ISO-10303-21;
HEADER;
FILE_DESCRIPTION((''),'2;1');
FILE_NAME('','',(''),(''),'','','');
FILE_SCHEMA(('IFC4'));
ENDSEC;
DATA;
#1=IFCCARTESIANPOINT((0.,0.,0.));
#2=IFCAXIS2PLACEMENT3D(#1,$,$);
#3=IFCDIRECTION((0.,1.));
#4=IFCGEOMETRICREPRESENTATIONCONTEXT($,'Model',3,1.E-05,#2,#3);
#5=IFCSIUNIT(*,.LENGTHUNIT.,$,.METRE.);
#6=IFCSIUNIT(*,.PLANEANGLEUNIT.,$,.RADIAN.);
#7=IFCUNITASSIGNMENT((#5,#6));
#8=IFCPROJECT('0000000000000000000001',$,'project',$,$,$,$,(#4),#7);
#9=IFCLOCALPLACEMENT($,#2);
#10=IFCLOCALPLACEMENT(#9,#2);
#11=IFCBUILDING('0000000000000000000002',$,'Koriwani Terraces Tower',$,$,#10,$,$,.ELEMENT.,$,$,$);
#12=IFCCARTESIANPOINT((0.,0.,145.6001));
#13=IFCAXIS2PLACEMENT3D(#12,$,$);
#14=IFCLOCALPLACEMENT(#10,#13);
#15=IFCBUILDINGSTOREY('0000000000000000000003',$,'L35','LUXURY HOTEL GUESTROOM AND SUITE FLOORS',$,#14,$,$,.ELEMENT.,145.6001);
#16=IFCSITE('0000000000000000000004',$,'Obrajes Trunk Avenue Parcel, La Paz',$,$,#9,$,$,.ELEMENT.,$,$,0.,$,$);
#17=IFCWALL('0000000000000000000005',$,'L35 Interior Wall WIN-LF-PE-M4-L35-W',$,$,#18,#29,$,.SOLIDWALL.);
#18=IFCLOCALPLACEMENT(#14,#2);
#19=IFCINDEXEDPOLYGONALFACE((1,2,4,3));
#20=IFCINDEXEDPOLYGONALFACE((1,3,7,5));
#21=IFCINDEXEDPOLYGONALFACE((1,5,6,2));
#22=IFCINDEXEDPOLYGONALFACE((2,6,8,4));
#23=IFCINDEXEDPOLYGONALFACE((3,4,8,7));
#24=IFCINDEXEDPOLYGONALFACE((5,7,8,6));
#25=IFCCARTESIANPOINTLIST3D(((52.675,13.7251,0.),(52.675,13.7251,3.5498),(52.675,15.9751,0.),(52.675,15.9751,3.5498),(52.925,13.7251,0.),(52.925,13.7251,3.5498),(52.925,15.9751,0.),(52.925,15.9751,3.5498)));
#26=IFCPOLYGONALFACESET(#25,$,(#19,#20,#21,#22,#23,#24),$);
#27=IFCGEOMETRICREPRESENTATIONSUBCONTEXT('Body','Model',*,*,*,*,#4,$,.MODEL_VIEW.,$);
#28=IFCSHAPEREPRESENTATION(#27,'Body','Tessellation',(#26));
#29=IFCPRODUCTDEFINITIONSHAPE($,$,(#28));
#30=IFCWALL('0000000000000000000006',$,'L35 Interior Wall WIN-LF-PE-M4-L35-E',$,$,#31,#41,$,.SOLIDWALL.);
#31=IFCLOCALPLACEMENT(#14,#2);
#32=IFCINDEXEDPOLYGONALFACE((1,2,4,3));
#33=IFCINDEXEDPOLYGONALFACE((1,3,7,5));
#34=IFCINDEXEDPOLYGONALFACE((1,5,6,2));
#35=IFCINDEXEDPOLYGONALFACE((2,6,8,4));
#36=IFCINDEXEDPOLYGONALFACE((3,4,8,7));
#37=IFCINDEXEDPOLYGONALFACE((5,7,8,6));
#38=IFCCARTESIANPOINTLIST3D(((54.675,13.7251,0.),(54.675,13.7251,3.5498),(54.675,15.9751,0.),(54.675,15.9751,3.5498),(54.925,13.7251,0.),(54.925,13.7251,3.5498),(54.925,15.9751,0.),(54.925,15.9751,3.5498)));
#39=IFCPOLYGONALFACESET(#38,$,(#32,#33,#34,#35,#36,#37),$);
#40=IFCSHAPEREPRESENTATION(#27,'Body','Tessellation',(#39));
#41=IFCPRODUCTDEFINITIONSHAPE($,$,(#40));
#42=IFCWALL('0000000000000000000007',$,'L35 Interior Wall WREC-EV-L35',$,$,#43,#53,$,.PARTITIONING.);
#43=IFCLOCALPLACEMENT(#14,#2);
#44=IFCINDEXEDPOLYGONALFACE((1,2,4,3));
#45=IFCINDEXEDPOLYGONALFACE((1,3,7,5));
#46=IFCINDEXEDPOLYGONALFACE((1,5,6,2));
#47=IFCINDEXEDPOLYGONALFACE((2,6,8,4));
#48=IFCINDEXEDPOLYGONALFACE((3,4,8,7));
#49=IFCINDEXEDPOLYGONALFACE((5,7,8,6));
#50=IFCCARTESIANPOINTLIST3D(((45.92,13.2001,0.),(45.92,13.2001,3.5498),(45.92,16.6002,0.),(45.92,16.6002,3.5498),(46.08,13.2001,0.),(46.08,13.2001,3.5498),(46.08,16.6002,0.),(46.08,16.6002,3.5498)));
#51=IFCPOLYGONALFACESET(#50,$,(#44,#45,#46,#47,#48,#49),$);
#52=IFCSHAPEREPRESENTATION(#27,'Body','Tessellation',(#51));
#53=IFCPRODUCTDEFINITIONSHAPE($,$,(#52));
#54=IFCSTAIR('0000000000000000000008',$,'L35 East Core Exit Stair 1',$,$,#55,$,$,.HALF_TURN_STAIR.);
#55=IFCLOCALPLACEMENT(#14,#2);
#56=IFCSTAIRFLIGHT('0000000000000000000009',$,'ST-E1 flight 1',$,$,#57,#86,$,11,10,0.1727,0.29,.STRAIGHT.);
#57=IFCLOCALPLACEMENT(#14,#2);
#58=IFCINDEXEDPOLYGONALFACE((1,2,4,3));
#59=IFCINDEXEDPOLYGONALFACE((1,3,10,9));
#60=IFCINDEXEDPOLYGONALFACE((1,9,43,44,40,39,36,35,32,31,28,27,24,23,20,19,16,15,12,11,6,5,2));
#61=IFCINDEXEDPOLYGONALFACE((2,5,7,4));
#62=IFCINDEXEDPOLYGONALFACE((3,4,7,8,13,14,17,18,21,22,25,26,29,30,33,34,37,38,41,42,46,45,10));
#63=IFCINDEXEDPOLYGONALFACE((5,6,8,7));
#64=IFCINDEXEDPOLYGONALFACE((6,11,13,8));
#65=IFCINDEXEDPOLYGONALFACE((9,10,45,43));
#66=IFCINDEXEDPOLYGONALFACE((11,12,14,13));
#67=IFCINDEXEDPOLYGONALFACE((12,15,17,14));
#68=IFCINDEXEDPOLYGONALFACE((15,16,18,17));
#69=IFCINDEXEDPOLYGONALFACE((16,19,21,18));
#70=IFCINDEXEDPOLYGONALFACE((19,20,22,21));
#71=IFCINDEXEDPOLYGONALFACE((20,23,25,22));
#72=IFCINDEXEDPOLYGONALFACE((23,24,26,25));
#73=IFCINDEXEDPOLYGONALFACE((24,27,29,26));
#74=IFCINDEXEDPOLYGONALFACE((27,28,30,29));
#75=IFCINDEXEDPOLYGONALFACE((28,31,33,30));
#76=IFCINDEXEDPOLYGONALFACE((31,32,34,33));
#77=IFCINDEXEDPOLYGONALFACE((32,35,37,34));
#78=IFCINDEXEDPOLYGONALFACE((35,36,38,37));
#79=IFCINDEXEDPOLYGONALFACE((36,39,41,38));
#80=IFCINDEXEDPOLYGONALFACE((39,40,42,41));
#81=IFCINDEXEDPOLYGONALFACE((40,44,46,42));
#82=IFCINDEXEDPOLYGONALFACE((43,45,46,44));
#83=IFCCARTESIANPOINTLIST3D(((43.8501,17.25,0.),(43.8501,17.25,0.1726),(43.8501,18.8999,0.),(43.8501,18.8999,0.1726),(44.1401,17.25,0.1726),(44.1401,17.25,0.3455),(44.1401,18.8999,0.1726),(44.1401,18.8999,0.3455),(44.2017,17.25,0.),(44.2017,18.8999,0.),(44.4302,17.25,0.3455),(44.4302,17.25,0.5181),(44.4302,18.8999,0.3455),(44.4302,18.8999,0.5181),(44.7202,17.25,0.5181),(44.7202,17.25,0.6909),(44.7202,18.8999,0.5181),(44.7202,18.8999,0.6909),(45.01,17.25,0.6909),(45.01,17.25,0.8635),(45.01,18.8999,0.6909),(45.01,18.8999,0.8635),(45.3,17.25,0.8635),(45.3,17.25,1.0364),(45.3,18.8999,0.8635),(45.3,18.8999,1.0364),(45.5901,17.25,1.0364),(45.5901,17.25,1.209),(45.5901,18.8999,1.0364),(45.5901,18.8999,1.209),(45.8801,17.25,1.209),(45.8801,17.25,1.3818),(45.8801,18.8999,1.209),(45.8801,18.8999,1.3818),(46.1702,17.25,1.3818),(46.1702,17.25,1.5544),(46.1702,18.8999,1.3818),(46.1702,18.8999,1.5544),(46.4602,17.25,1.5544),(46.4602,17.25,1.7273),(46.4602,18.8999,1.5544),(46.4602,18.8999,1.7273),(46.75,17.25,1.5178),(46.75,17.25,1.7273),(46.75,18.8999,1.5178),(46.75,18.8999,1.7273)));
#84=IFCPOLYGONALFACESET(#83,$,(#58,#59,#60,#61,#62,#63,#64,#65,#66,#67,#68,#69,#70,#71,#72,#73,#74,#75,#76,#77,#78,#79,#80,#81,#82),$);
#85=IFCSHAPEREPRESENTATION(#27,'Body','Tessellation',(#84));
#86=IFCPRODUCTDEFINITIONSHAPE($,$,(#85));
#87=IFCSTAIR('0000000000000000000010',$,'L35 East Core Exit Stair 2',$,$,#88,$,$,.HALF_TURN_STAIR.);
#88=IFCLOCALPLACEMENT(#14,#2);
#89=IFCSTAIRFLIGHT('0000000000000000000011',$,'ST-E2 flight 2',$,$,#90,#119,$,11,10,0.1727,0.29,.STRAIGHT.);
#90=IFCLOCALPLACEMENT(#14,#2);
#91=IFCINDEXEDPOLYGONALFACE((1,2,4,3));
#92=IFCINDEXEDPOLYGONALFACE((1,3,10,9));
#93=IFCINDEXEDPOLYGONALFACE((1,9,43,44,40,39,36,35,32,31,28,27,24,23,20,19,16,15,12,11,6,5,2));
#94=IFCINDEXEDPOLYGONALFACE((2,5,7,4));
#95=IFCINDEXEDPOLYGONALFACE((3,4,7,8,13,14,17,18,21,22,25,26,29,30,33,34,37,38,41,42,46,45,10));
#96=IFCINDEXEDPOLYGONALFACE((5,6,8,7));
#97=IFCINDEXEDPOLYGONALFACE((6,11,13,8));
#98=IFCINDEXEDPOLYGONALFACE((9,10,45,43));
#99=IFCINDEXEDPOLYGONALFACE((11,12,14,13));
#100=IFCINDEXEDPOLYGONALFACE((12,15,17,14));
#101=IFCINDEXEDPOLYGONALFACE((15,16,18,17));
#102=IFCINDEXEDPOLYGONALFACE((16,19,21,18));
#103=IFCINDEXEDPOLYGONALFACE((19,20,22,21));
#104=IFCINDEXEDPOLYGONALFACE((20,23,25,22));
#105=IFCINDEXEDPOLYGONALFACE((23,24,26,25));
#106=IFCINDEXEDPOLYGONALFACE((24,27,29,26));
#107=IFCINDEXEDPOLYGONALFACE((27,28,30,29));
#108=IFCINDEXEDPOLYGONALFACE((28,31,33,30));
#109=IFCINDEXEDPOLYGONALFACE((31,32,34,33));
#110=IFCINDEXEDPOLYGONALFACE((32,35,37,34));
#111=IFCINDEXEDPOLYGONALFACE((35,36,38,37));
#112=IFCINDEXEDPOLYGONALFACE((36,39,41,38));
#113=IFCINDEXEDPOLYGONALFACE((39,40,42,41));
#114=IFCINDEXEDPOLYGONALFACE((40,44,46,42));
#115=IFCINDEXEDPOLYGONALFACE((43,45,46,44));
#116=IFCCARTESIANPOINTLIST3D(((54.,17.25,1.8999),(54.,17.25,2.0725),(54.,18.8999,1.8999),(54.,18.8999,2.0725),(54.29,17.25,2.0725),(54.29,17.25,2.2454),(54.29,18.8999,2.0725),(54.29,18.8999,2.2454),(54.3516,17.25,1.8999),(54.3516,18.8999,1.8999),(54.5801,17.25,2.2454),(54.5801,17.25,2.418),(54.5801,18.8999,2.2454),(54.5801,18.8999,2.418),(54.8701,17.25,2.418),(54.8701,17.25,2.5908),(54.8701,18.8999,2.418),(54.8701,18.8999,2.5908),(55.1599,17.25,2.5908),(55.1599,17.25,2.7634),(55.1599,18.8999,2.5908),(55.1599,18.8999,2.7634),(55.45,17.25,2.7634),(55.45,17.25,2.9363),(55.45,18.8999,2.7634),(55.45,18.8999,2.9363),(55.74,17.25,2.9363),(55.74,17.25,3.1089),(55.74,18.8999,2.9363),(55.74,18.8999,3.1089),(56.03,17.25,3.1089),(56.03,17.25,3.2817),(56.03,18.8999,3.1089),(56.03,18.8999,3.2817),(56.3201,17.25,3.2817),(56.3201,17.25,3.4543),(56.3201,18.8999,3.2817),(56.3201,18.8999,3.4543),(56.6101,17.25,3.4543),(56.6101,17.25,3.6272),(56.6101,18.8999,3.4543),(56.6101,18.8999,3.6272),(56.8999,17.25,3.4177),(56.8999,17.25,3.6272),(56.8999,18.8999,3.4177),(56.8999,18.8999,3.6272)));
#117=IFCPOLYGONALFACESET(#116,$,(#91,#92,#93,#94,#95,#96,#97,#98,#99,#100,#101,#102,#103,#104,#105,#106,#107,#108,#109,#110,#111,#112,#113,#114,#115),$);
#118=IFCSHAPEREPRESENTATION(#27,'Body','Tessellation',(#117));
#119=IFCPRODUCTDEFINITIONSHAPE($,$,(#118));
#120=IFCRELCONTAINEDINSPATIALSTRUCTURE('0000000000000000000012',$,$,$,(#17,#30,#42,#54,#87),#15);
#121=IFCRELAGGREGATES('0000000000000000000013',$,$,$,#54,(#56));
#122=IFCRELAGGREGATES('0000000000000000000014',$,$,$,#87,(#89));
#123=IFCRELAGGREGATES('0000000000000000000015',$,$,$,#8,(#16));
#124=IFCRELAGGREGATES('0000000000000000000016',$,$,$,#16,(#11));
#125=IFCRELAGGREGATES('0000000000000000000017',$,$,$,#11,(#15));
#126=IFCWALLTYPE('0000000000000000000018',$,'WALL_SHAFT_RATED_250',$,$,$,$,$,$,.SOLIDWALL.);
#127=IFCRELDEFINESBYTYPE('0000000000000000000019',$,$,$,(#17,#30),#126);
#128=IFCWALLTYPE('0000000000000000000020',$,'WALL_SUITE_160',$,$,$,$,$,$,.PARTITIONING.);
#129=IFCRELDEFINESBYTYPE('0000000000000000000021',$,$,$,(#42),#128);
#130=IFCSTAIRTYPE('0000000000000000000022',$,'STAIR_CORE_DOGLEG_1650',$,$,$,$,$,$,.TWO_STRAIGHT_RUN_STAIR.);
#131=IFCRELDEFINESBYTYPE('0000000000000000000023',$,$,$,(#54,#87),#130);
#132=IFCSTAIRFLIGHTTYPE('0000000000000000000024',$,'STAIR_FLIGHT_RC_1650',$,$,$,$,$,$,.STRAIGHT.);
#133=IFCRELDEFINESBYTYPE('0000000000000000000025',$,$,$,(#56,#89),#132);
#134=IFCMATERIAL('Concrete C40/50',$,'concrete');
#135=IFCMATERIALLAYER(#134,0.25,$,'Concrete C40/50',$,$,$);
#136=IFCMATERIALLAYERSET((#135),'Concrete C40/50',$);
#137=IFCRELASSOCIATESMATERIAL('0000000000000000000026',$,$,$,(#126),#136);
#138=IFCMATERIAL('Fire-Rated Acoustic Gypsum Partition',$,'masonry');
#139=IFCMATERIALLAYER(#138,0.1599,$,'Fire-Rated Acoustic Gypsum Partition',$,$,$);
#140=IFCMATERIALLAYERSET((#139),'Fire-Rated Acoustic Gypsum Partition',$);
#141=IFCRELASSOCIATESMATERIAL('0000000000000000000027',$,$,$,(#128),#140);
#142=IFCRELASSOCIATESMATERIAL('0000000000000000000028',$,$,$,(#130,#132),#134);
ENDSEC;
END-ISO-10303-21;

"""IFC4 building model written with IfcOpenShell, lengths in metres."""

from ifc_helpers import new_model, si_unit, direction, frame, frame_2d, origin, place, context, subcontext, project, spatial, polyline, rectangle, outline, extrude, material, layer, layer_set, type_object, element, aggregate, save


model = new_model("IFC4")

# Units and contexts
model_context = context("Model", 3, precision=1e-05, world=origin(), true_north=direction((0.0, 1.0)))
body_context = subcontext(model_context, "Body", "Model", "MODEL_VIEW")
ifc_project = project(units=[si_unit("LENGTHUNIT", "METRE"), si_unit("PLANEANGLEUNIT", "RADIAN")], contexts=[model_context])

# Site, building, storey
site_placement = place(None, origin())
site = spatial("IfcSite", under=ifc_project, at=site_placement, Name="Obrajes Trunk Avenue Parcel, La Paz", CompositionType="ELEMENT", RefElevation=0.0)
building_placement = place(site_placement, origin())
building = spatial("IfcBuilding", under=site, at=building_placement, Name="Koriwani Terraces Tower", CompositionType="ELEMENT")
storey_placement = place(building_placement, frame((0.0, 0.0, 145.6001)))
storey = spatial("IfcBuildingStorey", under=building, at=storey_placement, Name="L35", Description="LUXURY HOTEL GUESTROOM AND SUITE FLOORS", CompositionType="ELEMENT", Elevation=145.6001)

# Shared definitions
ifc_material_1 = material(Name="Concrete C40/50", Category="concrete")

# Shared definitions
ifc_layer_1 = layer(ifc_material_1, 0.25, Name="Concrete C40/50")
ifc_layer_set_1 = layer_set([ifc_layer_1], Name="Concrete C40/50")
wall_type_1 = type_object("IfcWallType", Name="WALL_SHAFT_RATED_250", PredefinedType="SOLIDWALL", material=ifc_layer_set_1)

# Walls
for number, where, z_axis, x_axis, name in (
    (1, (52.8, 13.7251, 0.0), (0.0, 0.0, 1.0), (0.0, 1.0, 0.0), "L35 Interior Wall WIN-LF-PE-M4-L35-W"),
    (2, (54.8, 13.7251, 0.0), (0.0, 0.0, 1.0), (0.0, 1.0, 0.0), "L35 Interior Wall WIN-LF-PE-M4-L35-E"),
):
    element("IfcWall", number, at=place(storey_placement, frame(where, z_axis=z_axis, x_axis=x_axis)), inside=storey, type_object=wall_type_1, Name=name, PredefinedType="SOLIDWALL", context=body_context, shape_type="SweptSolid", body=[
        extrude(rectangle(XDim=2.25, YDim=0.25, at=frame_2d((1.125, 0.0))), origin(), (0.0, 0.0, 1.0), 3.5498),
    ])
ifc_material_2 = material(Name="Fire-Rated Acoustic Gypsum Partition", Category="masonry")
ifc_layer_2 = layer(ifc_material_2, 0.1599, Name="Fire-Rated Acoustic Gypsum Partition")
ifc_layer_set_2 = layer_set([ifc_layer_2], Name="Fire-Rated Acoustic Gypsum Partition")
wall_type_2 = type_object("IfcWallType", Name="WALL_SUITE_160", PredefinedType="PARTITIONING", material=ifc_layer_set_2)
wall_1_placement = place(storey_placement, frame((46.0, 13.2, 0.0), z_axis=(0.0, 0.0, 1.0), x_axis=(0.0, 1.0, 0.0)))
element("IfcWall", 3, at=wall_1_placement, inside=storey, type_object=wall_type_2, Name="L35 Interior Wall WREC-EV-L35", PredefinedType="PARTITIONING", context=body_context, shape_type="SweptSolid", body=[
    extrude(rectangle(XDim=3.4001, YDim=0.1599, at=frame_2d((1.7002, 0.0))), origin(), (0.0, 0.0, 1.0), 3.5498),
])

# Stairs, stair flights
stair_type = type_object("IfcStairType", Name="STAIR_CORE_DOGLEG_1650", PredefinedType="TWO_STRAIGHT_RUN_STAIR", material=ifc_material_1)
stair_1_placement = place(storey_placement, origin())
stair_1 = element("IfcStair", 4, at=stair_1_placement, inside=storey, type_object=stair_type, Name="L35 East Core Exit Stair 1", PredefinedType="HALF_TURN_STAIR")
stair_flight_type = type_object("IfcStairFlightType", Name="STAIR_FLIGHT_RC_1650", PredefinedType="STRAIGHT", material=ifc_material_1)
stair_flight_1_placement = place(storey_placement, frame((43.8501, 18.075, 0.0), z_axis=(0.0, 0.0, 1.0), x_axis=(1.0, 0.0, 0.0)))
stair_flight_1 = element("IfcStairFlight", 5, at=stair_flight_1_placement, type_object=stair_flight_type, Name="ST-E1 flight 1", NumberOfRisers=11, NumberOfTreads=10, PredefinedType="STRAIGHT", RiserHeight=0.1727, TreadLength=0.29, context=body_context, shape_type="SweptSolid", body=[
    extrude(outline(polyline([(0.0, 0.0), (0.0, 0.1726), (0.29, 0.1726), (0.29, 0.3455), (0.5801, 0.3455), (0.5801, 0.5181), (0.8701, 0.5181), (0.8701, 0.6909), (1.1599, 0.6909), (1.1599, 0.8635), (1.45, 0.8635), (1.45, 1.0364), (1.74, 1.0364), (1.74, 1.209), (2.03, 1.209), (2.03, 1.3818), (2.3201, 1.3818), (2.3201, 1.5544), (2.6101, 1.5544), (2.6101, 1.7273), (2.8999, 1.7273), (2.8999, 1.8999), (2.8999, 1.5178), (0.3516, 0.0), (0.0, 0.0)])), frame((0.0, 0.825, 0.0), z_axis=(0.0, -1.0, 0.0), x_axis=(1.0, 0.0, 0.0)), (0.0, 0.0, 1.0), 1.6499),
])
aggregate(stair_1, [stair_flight_1])
stair_2_placement = place(storey_placement, origin())
stair_2 = element("IfcStair", 6, at=stair_2_placement, inside=storey, type_object=stair_type, Name="L35 East Core Exit Stair 2", PredefinedType="HALF_TURN_STAIR")
stair_flight_2_placement = place(storey_placement, frame((54.0, 18.075, 1.8999), z_axis=(0.0, 0.0, 1.0), x_axis=(1.0, 0.0, 0.0)))
stair_flight_2 = element("IfcStairFlight", 7, at=stair_flight_2_placement, type_object=stair_flight_type, Name="ST-E2 flight 2", NumberOfRisers=11, NumberOfTreads=10, PredefinedType="STRAIGHT", RiserHeight=0.1727, TreadLength=0.29, context=body_context, shape_type="SweptSolid", body=[
    extrude(outline(polyline([(0.0, 0.0), (0.0, 0.1726), (0.29, 0.1726), (0.29, 0.3455), (0.5801, 0.3455), (0.5801, 0.5181), (0.8701, 0.5181), (0.8701, 0.6909), (1.1599, 0.6909), (1.1599, 0.8635), (1.45, 0.8635), (1.45, 1.0364), (1.74, 1.0364), (1.74, 1.209), (2.03, 1.209), (2.03, 1.3818), (2.3201, 1.3818), (2.3201, 1.5544), (2.6101, 1.5544), (2.6101, 1.7273), (2.8999, 1.7273), (2.8999, 1.8999), (2.8999, 1.5178), (0.3516, 0.0), (0.0, 0.0)])), frame((0.0, 0.825, 0.0), z_axis=(0.0, -1.0, 0.0), x_axis=(1.0, 0.0, 0.0)), (0.0, 0.0, 1.0), 1.6499),
])
aggregate(stair_2, [stair_flight_2])

save(model, "model.ifc")
